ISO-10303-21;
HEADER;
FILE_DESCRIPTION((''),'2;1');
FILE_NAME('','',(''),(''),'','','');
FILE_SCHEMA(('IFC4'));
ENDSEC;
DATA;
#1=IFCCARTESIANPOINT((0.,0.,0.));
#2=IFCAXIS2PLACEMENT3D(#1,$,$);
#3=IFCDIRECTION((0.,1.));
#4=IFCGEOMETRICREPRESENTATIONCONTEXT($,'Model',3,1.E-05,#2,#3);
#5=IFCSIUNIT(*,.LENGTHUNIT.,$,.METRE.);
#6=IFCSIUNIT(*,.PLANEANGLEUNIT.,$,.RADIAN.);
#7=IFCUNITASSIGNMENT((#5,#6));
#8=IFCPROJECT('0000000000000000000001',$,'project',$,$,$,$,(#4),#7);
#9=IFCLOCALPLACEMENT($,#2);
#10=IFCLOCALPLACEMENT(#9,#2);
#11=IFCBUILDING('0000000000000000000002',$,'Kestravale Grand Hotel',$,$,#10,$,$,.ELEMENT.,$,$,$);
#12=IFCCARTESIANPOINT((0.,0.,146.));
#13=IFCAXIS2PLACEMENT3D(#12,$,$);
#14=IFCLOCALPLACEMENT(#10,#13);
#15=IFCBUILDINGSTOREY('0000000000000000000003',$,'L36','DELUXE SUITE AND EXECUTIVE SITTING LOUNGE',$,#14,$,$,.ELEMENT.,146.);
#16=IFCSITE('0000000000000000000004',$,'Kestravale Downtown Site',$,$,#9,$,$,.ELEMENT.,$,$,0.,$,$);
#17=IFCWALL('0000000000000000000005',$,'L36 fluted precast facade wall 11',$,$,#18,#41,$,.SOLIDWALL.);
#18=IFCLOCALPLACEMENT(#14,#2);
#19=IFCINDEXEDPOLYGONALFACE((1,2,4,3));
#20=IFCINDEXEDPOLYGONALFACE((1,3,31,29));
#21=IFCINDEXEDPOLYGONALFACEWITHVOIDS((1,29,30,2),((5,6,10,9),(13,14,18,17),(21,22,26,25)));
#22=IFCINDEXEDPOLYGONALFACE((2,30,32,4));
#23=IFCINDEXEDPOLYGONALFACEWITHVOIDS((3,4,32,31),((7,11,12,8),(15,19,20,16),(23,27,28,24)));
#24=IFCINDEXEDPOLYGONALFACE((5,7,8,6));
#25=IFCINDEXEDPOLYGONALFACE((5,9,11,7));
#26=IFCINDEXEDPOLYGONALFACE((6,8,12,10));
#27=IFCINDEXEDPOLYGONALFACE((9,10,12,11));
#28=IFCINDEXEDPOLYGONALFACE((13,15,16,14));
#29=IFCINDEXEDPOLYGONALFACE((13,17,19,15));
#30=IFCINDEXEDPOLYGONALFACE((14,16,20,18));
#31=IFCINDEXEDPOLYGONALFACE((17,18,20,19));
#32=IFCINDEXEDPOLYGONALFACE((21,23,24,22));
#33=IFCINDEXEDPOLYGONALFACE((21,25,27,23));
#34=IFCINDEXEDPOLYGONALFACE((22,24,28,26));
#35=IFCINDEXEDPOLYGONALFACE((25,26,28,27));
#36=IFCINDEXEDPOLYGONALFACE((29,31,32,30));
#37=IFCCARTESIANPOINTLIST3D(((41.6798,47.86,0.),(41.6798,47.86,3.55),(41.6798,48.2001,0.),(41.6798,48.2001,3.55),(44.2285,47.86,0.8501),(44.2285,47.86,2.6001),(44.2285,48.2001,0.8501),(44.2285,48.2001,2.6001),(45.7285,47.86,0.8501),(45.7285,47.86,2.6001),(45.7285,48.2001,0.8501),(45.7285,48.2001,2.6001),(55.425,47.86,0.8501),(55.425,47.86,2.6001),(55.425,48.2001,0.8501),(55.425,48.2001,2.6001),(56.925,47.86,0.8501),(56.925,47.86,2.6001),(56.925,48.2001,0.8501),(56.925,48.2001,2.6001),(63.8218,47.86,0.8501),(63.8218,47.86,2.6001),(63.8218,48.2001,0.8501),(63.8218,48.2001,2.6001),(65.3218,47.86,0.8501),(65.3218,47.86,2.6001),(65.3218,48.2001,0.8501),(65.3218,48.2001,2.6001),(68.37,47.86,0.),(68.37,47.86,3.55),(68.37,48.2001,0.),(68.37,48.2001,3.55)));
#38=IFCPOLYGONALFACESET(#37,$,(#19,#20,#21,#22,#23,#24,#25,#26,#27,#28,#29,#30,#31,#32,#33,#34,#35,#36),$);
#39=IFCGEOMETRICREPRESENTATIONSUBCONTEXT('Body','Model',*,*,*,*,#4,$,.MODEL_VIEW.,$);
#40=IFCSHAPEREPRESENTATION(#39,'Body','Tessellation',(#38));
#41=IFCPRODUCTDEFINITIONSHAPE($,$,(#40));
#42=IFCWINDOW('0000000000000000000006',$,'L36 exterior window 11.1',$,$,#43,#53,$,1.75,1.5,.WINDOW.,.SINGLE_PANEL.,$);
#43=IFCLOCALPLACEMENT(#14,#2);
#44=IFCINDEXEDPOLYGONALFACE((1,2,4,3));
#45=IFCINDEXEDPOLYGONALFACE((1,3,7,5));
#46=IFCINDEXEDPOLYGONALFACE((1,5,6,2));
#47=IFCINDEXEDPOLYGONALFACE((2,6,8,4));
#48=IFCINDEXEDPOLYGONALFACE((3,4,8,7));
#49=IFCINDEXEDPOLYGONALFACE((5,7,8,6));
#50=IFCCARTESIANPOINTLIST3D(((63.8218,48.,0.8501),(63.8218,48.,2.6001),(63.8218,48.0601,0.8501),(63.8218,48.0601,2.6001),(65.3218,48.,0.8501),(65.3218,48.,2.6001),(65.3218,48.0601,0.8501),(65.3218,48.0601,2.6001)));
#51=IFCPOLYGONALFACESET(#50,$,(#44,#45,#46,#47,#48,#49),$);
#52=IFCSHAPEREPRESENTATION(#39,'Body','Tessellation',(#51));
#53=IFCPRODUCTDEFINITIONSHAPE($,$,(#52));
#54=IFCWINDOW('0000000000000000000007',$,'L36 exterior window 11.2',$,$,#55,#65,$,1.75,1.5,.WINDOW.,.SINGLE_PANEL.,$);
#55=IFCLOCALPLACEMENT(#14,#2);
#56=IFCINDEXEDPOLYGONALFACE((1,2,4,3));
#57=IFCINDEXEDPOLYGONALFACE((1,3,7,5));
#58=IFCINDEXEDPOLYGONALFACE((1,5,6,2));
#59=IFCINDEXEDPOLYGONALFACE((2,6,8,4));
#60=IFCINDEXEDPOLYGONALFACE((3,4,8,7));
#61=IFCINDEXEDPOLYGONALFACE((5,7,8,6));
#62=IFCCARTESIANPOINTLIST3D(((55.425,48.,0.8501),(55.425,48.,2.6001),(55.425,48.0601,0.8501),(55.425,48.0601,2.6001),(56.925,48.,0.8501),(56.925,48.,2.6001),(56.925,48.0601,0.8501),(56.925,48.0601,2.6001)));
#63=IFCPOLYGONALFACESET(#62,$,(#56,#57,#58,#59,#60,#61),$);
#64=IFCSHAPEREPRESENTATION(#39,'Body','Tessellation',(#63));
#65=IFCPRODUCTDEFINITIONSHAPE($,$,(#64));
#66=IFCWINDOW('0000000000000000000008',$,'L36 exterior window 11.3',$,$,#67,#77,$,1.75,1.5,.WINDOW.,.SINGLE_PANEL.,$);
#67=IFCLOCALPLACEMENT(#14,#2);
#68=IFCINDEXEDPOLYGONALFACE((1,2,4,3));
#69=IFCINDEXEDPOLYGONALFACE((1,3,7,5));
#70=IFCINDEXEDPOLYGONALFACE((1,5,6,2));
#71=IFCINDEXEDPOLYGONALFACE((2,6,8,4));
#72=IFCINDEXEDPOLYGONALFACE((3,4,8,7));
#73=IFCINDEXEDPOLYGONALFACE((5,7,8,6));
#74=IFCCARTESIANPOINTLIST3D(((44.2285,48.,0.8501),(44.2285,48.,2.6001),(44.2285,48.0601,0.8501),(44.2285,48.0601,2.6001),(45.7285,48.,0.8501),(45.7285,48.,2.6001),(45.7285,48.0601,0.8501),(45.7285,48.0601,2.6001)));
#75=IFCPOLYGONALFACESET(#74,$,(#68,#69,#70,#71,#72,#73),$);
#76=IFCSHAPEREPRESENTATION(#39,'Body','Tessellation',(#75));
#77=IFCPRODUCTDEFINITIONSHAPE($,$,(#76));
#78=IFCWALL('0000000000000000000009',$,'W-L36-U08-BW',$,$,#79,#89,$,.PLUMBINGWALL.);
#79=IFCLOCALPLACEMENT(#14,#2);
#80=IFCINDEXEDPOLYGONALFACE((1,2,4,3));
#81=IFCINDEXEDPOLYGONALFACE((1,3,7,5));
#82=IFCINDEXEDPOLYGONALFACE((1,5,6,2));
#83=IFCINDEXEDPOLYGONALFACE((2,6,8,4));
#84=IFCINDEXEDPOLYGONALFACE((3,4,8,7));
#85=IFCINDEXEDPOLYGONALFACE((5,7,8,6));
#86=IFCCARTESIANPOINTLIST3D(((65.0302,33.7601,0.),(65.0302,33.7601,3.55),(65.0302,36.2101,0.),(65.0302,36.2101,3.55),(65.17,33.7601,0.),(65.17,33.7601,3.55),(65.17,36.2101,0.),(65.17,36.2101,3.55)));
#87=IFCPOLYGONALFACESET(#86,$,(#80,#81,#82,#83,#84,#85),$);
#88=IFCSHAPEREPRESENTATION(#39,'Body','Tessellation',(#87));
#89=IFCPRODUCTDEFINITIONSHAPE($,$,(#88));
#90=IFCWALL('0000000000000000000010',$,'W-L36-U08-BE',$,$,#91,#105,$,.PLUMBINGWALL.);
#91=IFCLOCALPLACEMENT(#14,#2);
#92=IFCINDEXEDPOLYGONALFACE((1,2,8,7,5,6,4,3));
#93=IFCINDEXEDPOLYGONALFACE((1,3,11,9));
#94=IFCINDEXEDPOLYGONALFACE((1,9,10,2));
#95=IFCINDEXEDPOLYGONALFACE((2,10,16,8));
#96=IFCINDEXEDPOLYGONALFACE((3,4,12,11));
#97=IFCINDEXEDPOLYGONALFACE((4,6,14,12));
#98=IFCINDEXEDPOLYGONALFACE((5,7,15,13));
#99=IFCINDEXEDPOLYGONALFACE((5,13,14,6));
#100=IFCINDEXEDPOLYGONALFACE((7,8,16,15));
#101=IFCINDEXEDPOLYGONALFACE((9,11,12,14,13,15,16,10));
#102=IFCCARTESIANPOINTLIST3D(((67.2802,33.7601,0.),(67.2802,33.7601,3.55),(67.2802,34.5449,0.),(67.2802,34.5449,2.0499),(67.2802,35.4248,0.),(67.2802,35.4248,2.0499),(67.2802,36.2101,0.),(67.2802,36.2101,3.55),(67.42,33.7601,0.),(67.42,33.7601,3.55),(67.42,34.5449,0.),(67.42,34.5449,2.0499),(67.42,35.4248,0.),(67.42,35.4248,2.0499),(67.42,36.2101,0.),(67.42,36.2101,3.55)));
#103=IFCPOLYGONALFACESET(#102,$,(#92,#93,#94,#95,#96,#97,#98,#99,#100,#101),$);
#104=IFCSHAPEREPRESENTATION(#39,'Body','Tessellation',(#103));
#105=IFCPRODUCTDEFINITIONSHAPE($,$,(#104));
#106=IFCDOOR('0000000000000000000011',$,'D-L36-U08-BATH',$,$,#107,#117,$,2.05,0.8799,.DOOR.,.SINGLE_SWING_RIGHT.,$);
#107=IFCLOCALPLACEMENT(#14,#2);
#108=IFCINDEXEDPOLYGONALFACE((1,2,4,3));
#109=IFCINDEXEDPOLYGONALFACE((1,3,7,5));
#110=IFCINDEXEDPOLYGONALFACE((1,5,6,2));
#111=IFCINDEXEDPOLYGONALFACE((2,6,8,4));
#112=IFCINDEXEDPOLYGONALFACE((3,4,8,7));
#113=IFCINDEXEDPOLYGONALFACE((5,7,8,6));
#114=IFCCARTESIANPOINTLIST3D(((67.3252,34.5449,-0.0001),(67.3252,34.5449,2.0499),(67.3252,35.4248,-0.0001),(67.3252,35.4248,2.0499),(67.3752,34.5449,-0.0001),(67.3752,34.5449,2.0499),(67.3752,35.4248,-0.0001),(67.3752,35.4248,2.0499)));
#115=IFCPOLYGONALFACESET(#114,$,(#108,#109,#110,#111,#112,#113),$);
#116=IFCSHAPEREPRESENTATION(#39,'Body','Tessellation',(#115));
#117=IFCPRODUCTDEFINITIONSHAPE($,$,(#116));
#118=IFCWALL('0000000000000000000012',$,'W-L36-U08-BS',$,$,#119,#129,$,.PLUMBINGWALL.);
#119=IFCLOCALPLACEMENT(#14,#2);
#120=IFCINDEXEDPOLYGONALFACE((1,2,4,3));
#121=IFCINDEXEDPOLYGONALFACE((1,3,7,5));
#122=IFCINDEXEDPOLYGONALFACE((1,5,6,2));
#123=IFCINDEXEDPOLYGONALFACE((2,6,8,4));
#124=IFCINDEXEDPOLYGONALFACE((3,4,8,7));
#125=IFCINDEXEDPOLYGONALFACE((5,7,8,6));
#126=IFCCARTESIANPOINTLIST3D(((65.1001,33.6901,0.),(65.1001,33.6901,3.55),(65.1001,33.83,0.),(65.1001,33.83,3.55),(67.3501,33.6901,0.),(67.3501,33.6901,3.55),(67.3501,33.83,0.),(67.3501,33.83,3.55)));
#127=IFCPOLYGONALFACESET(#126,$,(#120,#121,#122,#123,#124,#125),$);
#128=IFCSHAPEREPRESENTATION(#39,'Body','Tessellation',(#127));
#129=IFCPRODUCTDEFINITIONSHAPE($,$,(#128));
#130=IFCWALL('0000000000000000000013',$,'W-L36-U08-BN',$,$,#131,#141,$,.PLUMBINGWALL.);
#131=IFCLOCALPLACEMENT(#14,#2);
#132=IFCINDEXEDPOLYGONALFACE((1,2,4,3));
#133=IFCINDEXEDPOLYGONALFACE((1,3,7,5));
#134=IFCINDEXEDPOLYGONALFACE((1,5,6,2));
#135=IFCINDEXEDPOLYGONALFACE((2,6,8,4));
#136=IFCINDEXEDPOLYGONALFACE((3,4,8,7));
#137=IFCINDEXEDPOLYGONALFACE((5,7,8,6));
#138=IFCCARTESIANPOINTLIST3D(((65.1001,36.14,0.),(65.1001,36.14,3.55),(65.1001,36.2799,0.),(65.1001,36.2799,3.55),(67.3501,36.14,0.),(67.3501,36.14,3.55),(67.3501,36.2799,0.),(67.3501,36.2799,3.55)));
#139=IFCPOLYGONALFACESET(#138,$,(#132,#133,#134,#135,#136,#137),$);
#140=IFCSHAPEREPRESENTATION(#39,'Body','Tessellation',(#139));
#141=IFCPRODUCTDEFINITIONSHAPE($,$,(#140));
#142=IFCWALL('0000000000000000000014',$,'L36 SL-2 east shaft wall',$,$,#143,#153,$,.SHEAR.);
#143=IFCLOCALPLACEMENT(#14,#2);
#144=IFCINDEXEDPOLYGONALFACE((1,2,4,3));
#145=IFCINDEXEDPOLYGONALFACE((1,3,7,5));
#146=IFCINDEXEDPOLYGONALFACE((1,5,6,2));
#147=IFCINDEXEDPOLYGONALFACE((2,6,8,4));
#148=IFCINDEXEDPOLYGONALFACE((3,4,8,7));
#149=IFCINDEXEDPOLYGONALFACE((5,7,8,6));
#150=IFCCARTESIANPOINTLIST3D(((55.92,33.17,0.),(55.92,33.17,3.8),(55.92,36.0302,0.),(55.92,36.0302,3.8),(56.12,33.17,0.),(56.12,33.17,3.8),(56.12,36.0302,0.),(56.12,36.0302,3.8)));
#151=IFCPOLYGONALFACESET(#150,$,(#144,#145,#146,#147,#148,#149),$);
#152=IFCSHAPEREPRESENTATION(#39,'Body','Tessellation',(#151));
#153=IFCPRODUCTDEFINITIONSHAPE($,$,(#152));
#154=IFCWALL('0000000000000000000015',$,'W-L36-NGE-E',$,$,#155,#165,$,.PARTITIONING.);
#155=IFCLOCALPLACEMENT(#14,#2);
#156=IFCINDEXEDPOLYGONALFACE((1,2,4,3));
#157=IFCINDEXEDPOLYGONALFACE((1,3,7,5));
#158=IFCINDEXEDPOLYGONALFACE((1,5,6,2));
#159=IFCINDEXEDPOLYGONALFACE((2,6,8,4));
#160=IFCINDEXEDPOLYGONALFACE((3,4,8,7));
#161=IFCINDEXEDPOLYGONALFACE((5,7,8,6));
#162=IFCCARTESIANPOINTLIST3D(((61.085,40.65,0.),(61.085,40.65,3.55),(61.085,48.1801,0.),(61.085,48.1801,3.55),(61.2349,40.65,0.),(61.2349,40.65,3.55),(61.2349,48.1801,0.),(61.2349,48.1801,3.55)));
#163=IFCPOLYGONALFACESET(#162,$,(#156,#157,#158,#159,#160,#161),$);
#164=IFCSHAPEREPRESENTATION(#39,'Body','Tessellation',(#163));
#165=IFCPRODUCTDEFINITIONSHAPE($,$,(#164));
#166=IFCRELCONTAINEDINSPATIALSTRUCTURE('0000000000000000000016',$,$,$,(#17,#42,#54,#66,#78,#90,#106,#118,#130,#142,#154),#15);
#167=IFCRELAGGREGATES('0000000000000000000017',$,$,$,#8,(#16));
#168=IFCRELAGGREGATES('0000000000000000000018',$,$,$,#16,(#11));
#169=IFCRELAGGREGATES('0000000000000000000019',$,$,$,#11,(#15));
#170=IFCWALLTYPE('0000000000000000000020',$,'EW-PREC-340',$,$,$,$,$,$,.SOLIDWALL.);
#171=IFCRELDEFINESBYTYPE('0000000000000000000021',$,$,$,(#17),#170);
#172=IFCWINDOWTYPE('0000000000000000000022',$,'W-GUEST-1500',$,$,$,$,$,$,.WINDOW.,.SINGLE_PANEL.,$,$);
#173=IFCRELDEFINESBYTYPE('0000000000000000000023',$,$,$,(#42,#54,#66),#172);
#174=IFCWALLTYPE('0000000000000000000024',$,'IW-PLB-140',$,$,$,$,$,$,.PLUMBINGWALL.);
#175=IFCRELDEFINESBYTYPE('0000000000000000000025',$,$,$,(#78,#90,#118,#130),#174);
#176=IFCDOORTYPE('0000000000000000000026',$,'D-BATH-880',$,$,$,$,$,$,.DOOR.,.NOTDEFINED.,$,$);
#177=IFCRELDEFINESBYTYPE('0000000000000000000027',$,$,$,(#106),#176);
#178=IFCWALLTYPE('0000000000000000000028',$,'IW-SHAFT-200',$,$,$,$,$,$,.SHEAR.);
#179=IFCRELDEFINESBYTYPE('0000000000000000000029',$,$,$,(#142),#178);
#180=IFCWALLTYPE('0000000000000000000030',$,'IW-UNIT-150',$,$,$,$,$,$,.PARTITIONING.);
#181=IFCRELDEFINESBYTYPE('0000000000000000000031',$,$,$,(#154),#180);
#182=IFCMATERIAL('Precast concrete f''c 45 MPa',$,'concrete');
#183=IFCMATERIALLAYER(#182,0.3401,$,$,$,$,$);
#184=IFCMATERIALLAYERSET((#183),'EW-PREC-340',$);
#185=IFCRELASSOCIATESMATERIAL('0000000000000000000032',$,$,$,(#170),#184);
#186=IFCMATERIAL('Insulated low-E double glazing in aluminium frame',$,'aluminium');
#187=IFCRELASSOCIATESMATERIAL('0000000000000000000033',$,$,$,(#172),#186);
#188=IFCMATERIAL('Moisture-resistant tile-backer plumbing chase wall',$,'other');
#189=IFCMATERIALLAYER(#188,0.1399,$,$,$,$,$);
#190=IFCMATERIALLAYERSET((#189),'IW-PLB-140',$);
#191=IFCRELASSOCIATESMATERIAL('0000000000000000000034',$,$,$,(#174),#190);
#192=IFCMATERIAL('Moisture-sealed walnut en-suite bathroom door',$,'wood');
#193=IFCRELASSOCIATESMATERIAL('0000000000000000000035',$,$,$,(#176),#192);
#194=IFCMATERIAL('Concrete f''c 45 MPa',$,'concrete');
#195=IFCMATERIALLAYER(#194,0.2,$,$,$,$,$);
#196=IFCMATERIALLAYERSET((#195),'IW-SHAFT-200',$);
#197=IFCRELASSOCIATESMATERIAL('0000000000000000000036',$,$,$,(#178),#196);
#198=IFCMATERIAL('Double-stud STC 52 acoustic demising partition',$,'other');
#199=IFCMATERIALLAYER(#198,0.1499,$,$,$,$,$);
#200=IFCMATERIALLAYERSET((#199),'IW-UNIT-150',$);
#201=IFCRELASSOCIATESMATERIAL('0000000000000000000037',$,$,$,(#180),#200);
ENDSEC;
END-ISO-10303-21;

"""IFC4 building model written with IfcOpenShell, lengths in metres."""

from ifc_helpers import new_model, si_unit, direction, frame, frame_2d, origin, place, context, subcontext, project, spatial, rectangle, extrude, material, layer, layer_set, type_object, element, fill, save


model = new_model("IFC4")

# Units and contexts
model_context = context("Model", 3, precision=1e-05, world=origin(), true_north=direction((0.0, 1.0)))
body_context = subcontext(model_context, "Body", "Model", "MODEL_VIEW")
ifc_project = project(units=[si_unit("LENGTHUNIT", "METRE"), si_unit("PLANEANGLEUNIT", "RADIAN")], contexts=[model_context])

# Site, building, storey
site_placement = place(None, origin())
site = spatial("IfcSite", under=ifc_project, at=site_placement, Name="Kestravale Downtown Site", CompositionType="ELEMENT", RefElevation=0.0)
building_placement = place(site_placement, origin())
building = spatial("IfcBuilding", under=site, at=building_placement, Name="Kestravale Grand Hotel", CompositionType="ELEMENT")
storey_placement = place(building_placement, frame((0.0, 0.0, 146.0)))
storey = spatial("IfcBuildingStorey", under=building, at=storey_placement, Name="L36", Description="DELUXE SUITE AND EXECUTIVE SITTING LOUNGE", CompositionType="ELEMENT", Elevation=146.0)

# Shared definitions
ifc_material_1 = material(Name="Precast concrete f'c 45 MPa", Category="concrete")
ifc_layer_1 = layer(ifc_material_1, 0.3401)
ifc_layer_set_1 = layer_set([ifc_layer_1], Name="EW-PREC-340")
wall_type_1 = type_object("IfcWallType", Name="EW-PREC-340", PredefinedType="SOLIDWALL", material=ifc_layer_set_1)
ifc_material_2 = material(Name="Insulated low-E double glazing in aluminium frame", Category="aluminium")
window_type = type_object("IfcWindowType", Name="W-GUEST-1500", PartitioningType="SINGLE_PANEL", PredefinedType="WINDOW", material=ifc_material_2)

# Wall, openings, windows
wall_1_placement = place(storey_placement, frame((68.3701, 48.03, 0.0), z_axis=(0.0, 0.0, 1.0), x_axis=(-1.0, 0.0, 0.0)))
wall_1 = element("IfcWall", 1, at=wall_1_placement, inside=storey, type_object=wall_type_1, Name="L36 fluted precast facade wall 11", PredefinedType="SOLIDWALL", context=body_context, shape_type="SweptSolid", body=[
    extrude(rectangle(XDim=26.6902, YDim=0.3401, at=frame_2d((13.3452, 0.0))), origin(), (0.0, 0.0, 1.0), 3.55),
])
opening_1_placement = place(wall_1_placement, frame((3.0483, 0.0, 0.8501)))
opening_1 = element("IfcOpeningElement", 2, at=opening_1_placement, cuts=wall_1, PredefinedType="OPENING", context=body_context, shape_type="SweptSolid", body=[
    extrude(rectangle(XDim=1.5, YDim=1.75, at=frame_2d((0.75, 0.875))), frame((0.0, 0.1799, 0.0), z_axis=(0.0, -1.0, 0.0), x_axis=(1.0, 0.0, 0.0)), (0.0, 0.0, 1.0), 0.3601),
])
opening_2_placement = place(wall_1_placement, frame((11.4451, 0.0, 0.8501)))
opening_2 = element("IfcOpeningElement", 3, at=opening_2_placement, cuts=wall_1, PredefinedType="OPENING", context=body_context, shape_type="SweptSolid", body=[
    extrude(rectangle(XDim=1.5, YDim=1.75, at=frame_2d((0.75, 0.875))), frame((0.0, 0.1799, 0.0), z_axis=(0.0, -1.0, 0.0), x_axis=(1.0, 0.0, 0.0)), (0.0, 0.0, 1.0), 0.3601),
])
opening_3_placement = place(wall_1_placement, frame((22.6416, 0.0, 0.8501)))
opening_3 = element("IfcOpeningElement", 4, at=opening_3_placement, cuts=wall_1, PredefinedType="OPENING", context=body_context, shape_type="SweptSolid", body=[
    extrude(rectangle(XDim=1.5, YDim=1.75, at=frame_2d((0.75, 0.875))), frame((0.0, 0.1799, 0.0), z_axis=(0.0, -1.0, 0.0), x_axis=(1.0, 0.0, 0.0)), (0.0, 0.0, 1.0), 0.3601),
])
window_1_placement = place(opening_1_placement, origin())
window_1 = element("IfcWindow", 5, at=window_1_placement, inside=storey, type_object=window_type, Name="L36 exterior window 11.1", OverallHeight=1.75, OverallWidth=1.5, PartitioningType="SINGLE_PANEL", PredefinedType="WINDOW", context=body_context, shape_type="SweptSolid", body=[
    extrude(rectangle(XDim=1.5, YDim=1.75, at=frame_2d((0.75, 0.875))), frame((0.0, 0.03, 0.0), z_axis=(0.0, -1.0, 0.0), x_axis=(1.0, 0.0, 0.0)), (0.0, 0.0, 1.0), 0.0601),
])
fill(opening_1, window_1)
window_2_placement = place(opening_2_placement, origin())
window_2 = element("IfcWindow", 6, at=window_2_placement, inside=storey, type_object=window_type, Name="L36 exterior window 11.2", OverallHeight=1.75, OverallWidth=1.5, PartitioningType="SINGLE_PANEL", PredefinedType="WINDOW", context=body_context, shape_type="SweptSolid", body=[
    extrude(rectangle(XDim=1.5, YDim=1.75, at=frame_2d((0.75, 0.875))), frame((0.0, 0.03, 0.0), z_axis=(0.0, -1.0, 0.0), x_axis=(1.0, 0.0, 0.0)), (0.0, 0.0, 1.0), 0.0601),
])
fill(opening_2, window_2)
window_3_placement = place(opening_3_placement, origin())
window_3 = element("IfcWindow", 7, at=window_3_placement, inside=storey, type_object=window_type, Name="L36 exterior window 11.3", OverallHeight=1.75, OverallWidth=1.5, PartitioningType="SINGLE_PANEL", PredefinedType="WINDOW", context=body_context, shape_type="SweptSolid", body=[
    extrude(rectangle(XDim=1.5, YDim=1.75, at=frame_2d((0.75, 0.875))), frame((0.0, 0.03, 0.0), z_axis=(0.0, -1.0, 0.0), x_axis=(1.0, 0.0, 0.0)), (0.0, 0.0, 1.0), 0.0601),
])
fill(opening_3, window_3)

# Wall
ifc_material_3 = material(Name="Moisture-resistant tile-backer plumbing chase wall", Category="other")
ifc_layer_2 = layer(ifc_material_3, 0.1399)
ifc_layer_set_2 = layer_set([ifc_layer_2], Name="IW-PLB-140")
wall_type_2 = type_object("IfcWallType", Name="IW-PLB-140", PredefinedType="PLUMBINGWALL", material=ifc_layer_set_2)
wall_2_placement = place(storey_placement, frame((65.1001, 33.76, 0.0), z_axis=(0.0, 0.0, 1.0), x_axis=(0.0, 1.0, 0.0)))
element("IfcWall", 8, at=wall_2_placement, inside=storey, type_object=wall_type_2, Name="W-L36-U08-BW", PredefinedType="PLUMBINGWALL", context=body_context, shape_type="SweptSolid", body=[
    extrude(rectangle(XDim=2.45, YDim=0.1399, at=frame_2d((1.2251, 0.0))), origin(), (0.0, 0.0, 1.0), 3.55),
])

# Wall, opening, door
wall_3_placement = place(storey_placement, frame((67.3501, 33.76, 0.0), z_axis=(0.0, 0.0, 1.0), x_axis=(0.0, 1.0, 0.0)))
wall_3 = element("IfcWall", 9, at=wall_3_placement, inside=storey, type_object=wall_type_2, Name="W-L36-U08-BE", PredefinedType="PLUMBINGWALL", context=body_context, shape_type="SweptSolid", body=[
    extrude(rectangle(XDim=2.45, YDim=0.1399, at=frame_2d((1.2251, 0.0))), origin(), (0.0, 0.0, 1.0), 3.55),
])
opening_4_placement = place(wall_3_placement, frame((0.7849, 0.0, 0.0)))
opening_4 = element("IfcOpeningElement", 10, at=opening_4_placement, cuts=wall_3, PredefinedType="OPENING", context=body_context, shape_type="SweptSolid", body=[
    extrude(rectangle(XDim=0.8799, YDim=2.05, at=frame_2d((0.4399, 1.0249))), frame((0.0, 0.0798, 0.0), z_axis=(0.0, -1.0, 0.0), x_axis=(1.0, 0.0, 0.0)), (0.0, 0.0, 1.0), 0.1599),
])
ifc_material_4 = material(Name="Moisture-sealed walnut en-suite bathroom door", Category="wood")
door_type_1 = type_object("IfcDoorType", Name="D-BATH-880", OperationType="NOTDEFINED", PredefinedType="DOOR", material=ifc_material_4)
door_1_placement = place(opening_4_placement, origin())
door_1 = element("IfcDoor", 11, at=door_1_placement, inside=storey, type_object=door_type_1, Name="D-L36-U08-BATH", OperationType="SINGLE_SWING_RIGHT", OverallHeight=2.05, OverallWidth=0.8799, PredefinedType="DOOR", context=body_context, shape_type="SweptSolid", body=[
    extrude(rectangle(XDim=0.8799, YDim=2.05, at=frame_2d((0.4399, 1.0249))), frame((0.0, 0.0249, 0.0), z_axis=(0.0, -1.0, 0.0), x_axis=(1.0, 0.0, 0.0)), (0.0, 0.0, 1.0), 0.05),
])
fill(opening_4, door_1)

# Walls
for number, where, z_axis, x_axis, name in (
    (12, (65.1001, 33.76, 0.0), (0.0, 0.0, 1.0), (1.0, 0.0, 0.0), "W-L36-U08-BS"),
    (13, (65.1001, 36.21, 0.0), (0.0, 0.0, 1.0), (1.0, 0.0, 0.0), "W-L36-U08-BN"),
):
    element("IfcWall", number, at=place(storey_placement, frame(where, z_axis=z_axis, x_axis=x_axis)), inside=storey, type_object=wall_type_2, Name=name, PredefinedType="PLUMBINGWALL", context=body_context, shape_type="SweptSolid", body=[
        extrude(rectangle(XDim=2.25, YDim=0.1399, at=frame_2d((1.125, 0.0))), origin(), (0.0, 0.0, 1.0), 3.55),
    ])
ifc_material_5 = material(Name="Concrete f'c 45 MPa", Category="concrete")
ifc_layer_3 = layer(ifc_material_5, 0.2)
ifc_layer_set_3 = layer_set([ifc_layer_3], Name="IW-SHAFT-200")
wall_type_3 = type_object("IfcWallType", Name="IW-SHAFT-200", PredefinedType="SHEAR", material=ifc_layer_set_3)
wall_4_placement = place(storey_placement, frame((56.02, 33.1699, 0.0), z_axis=(0.0, 0.0, 1.0), x_axis=(0.0, 1.0, 0.0)))
element("IfcWall", 14, at=wall_4_placement, inside=storey, type_object=wall_type_3, Name="L36 SL-2 east shaft wall", PredefinedType="SHEAR", context=body_context, shape_type="SweptSolid", body=[
    extrude(rectangle(XDim=2.8601, YDim=0.2, at=frame_2d((1.4302, 0.0))), origin(), (0.0, 0.0, 1.0), 3.8),
])

# Shared definitions
ifc_material_6 = material(Name="Double-stud STC 52 acoustic demising partition", Category="other")
ifc_layer_4 = layer(ifc_material_6, 0.1499)
ifc_layer_set_4 = layer_set([ifc_layer_4], Name="IW-UNIT-150")
wall_type_4 = type_object("IfcWallType", Name="IW-UNIT-150", PredefinedType="PARTITIONING", material=ifc_layer_set_4)

# Wall
wall_5_placement = place(storey_placement, frame((61.1599, 40.6499, 0.0), z_axis=(0.0, 0.0, 1.0), x_axis=(0.0, 1.0, 0.0)))
element("IfcWall", 15, at=wall_5_placement, inside=storey, type_object=wall_type_4, Name="W-L36-NGE-E", PredefinedType="PARTITIONING", context=body_context, shape_type="SweptSolid", body=[
    extrude(rectangle(XDim=7.53, YDim=0.1499, at=frame_2d((3.7651, 0.0))), origin(), (0.0, 0.0, 1.0), 3.55),
])

save(model, "model.ifc")
